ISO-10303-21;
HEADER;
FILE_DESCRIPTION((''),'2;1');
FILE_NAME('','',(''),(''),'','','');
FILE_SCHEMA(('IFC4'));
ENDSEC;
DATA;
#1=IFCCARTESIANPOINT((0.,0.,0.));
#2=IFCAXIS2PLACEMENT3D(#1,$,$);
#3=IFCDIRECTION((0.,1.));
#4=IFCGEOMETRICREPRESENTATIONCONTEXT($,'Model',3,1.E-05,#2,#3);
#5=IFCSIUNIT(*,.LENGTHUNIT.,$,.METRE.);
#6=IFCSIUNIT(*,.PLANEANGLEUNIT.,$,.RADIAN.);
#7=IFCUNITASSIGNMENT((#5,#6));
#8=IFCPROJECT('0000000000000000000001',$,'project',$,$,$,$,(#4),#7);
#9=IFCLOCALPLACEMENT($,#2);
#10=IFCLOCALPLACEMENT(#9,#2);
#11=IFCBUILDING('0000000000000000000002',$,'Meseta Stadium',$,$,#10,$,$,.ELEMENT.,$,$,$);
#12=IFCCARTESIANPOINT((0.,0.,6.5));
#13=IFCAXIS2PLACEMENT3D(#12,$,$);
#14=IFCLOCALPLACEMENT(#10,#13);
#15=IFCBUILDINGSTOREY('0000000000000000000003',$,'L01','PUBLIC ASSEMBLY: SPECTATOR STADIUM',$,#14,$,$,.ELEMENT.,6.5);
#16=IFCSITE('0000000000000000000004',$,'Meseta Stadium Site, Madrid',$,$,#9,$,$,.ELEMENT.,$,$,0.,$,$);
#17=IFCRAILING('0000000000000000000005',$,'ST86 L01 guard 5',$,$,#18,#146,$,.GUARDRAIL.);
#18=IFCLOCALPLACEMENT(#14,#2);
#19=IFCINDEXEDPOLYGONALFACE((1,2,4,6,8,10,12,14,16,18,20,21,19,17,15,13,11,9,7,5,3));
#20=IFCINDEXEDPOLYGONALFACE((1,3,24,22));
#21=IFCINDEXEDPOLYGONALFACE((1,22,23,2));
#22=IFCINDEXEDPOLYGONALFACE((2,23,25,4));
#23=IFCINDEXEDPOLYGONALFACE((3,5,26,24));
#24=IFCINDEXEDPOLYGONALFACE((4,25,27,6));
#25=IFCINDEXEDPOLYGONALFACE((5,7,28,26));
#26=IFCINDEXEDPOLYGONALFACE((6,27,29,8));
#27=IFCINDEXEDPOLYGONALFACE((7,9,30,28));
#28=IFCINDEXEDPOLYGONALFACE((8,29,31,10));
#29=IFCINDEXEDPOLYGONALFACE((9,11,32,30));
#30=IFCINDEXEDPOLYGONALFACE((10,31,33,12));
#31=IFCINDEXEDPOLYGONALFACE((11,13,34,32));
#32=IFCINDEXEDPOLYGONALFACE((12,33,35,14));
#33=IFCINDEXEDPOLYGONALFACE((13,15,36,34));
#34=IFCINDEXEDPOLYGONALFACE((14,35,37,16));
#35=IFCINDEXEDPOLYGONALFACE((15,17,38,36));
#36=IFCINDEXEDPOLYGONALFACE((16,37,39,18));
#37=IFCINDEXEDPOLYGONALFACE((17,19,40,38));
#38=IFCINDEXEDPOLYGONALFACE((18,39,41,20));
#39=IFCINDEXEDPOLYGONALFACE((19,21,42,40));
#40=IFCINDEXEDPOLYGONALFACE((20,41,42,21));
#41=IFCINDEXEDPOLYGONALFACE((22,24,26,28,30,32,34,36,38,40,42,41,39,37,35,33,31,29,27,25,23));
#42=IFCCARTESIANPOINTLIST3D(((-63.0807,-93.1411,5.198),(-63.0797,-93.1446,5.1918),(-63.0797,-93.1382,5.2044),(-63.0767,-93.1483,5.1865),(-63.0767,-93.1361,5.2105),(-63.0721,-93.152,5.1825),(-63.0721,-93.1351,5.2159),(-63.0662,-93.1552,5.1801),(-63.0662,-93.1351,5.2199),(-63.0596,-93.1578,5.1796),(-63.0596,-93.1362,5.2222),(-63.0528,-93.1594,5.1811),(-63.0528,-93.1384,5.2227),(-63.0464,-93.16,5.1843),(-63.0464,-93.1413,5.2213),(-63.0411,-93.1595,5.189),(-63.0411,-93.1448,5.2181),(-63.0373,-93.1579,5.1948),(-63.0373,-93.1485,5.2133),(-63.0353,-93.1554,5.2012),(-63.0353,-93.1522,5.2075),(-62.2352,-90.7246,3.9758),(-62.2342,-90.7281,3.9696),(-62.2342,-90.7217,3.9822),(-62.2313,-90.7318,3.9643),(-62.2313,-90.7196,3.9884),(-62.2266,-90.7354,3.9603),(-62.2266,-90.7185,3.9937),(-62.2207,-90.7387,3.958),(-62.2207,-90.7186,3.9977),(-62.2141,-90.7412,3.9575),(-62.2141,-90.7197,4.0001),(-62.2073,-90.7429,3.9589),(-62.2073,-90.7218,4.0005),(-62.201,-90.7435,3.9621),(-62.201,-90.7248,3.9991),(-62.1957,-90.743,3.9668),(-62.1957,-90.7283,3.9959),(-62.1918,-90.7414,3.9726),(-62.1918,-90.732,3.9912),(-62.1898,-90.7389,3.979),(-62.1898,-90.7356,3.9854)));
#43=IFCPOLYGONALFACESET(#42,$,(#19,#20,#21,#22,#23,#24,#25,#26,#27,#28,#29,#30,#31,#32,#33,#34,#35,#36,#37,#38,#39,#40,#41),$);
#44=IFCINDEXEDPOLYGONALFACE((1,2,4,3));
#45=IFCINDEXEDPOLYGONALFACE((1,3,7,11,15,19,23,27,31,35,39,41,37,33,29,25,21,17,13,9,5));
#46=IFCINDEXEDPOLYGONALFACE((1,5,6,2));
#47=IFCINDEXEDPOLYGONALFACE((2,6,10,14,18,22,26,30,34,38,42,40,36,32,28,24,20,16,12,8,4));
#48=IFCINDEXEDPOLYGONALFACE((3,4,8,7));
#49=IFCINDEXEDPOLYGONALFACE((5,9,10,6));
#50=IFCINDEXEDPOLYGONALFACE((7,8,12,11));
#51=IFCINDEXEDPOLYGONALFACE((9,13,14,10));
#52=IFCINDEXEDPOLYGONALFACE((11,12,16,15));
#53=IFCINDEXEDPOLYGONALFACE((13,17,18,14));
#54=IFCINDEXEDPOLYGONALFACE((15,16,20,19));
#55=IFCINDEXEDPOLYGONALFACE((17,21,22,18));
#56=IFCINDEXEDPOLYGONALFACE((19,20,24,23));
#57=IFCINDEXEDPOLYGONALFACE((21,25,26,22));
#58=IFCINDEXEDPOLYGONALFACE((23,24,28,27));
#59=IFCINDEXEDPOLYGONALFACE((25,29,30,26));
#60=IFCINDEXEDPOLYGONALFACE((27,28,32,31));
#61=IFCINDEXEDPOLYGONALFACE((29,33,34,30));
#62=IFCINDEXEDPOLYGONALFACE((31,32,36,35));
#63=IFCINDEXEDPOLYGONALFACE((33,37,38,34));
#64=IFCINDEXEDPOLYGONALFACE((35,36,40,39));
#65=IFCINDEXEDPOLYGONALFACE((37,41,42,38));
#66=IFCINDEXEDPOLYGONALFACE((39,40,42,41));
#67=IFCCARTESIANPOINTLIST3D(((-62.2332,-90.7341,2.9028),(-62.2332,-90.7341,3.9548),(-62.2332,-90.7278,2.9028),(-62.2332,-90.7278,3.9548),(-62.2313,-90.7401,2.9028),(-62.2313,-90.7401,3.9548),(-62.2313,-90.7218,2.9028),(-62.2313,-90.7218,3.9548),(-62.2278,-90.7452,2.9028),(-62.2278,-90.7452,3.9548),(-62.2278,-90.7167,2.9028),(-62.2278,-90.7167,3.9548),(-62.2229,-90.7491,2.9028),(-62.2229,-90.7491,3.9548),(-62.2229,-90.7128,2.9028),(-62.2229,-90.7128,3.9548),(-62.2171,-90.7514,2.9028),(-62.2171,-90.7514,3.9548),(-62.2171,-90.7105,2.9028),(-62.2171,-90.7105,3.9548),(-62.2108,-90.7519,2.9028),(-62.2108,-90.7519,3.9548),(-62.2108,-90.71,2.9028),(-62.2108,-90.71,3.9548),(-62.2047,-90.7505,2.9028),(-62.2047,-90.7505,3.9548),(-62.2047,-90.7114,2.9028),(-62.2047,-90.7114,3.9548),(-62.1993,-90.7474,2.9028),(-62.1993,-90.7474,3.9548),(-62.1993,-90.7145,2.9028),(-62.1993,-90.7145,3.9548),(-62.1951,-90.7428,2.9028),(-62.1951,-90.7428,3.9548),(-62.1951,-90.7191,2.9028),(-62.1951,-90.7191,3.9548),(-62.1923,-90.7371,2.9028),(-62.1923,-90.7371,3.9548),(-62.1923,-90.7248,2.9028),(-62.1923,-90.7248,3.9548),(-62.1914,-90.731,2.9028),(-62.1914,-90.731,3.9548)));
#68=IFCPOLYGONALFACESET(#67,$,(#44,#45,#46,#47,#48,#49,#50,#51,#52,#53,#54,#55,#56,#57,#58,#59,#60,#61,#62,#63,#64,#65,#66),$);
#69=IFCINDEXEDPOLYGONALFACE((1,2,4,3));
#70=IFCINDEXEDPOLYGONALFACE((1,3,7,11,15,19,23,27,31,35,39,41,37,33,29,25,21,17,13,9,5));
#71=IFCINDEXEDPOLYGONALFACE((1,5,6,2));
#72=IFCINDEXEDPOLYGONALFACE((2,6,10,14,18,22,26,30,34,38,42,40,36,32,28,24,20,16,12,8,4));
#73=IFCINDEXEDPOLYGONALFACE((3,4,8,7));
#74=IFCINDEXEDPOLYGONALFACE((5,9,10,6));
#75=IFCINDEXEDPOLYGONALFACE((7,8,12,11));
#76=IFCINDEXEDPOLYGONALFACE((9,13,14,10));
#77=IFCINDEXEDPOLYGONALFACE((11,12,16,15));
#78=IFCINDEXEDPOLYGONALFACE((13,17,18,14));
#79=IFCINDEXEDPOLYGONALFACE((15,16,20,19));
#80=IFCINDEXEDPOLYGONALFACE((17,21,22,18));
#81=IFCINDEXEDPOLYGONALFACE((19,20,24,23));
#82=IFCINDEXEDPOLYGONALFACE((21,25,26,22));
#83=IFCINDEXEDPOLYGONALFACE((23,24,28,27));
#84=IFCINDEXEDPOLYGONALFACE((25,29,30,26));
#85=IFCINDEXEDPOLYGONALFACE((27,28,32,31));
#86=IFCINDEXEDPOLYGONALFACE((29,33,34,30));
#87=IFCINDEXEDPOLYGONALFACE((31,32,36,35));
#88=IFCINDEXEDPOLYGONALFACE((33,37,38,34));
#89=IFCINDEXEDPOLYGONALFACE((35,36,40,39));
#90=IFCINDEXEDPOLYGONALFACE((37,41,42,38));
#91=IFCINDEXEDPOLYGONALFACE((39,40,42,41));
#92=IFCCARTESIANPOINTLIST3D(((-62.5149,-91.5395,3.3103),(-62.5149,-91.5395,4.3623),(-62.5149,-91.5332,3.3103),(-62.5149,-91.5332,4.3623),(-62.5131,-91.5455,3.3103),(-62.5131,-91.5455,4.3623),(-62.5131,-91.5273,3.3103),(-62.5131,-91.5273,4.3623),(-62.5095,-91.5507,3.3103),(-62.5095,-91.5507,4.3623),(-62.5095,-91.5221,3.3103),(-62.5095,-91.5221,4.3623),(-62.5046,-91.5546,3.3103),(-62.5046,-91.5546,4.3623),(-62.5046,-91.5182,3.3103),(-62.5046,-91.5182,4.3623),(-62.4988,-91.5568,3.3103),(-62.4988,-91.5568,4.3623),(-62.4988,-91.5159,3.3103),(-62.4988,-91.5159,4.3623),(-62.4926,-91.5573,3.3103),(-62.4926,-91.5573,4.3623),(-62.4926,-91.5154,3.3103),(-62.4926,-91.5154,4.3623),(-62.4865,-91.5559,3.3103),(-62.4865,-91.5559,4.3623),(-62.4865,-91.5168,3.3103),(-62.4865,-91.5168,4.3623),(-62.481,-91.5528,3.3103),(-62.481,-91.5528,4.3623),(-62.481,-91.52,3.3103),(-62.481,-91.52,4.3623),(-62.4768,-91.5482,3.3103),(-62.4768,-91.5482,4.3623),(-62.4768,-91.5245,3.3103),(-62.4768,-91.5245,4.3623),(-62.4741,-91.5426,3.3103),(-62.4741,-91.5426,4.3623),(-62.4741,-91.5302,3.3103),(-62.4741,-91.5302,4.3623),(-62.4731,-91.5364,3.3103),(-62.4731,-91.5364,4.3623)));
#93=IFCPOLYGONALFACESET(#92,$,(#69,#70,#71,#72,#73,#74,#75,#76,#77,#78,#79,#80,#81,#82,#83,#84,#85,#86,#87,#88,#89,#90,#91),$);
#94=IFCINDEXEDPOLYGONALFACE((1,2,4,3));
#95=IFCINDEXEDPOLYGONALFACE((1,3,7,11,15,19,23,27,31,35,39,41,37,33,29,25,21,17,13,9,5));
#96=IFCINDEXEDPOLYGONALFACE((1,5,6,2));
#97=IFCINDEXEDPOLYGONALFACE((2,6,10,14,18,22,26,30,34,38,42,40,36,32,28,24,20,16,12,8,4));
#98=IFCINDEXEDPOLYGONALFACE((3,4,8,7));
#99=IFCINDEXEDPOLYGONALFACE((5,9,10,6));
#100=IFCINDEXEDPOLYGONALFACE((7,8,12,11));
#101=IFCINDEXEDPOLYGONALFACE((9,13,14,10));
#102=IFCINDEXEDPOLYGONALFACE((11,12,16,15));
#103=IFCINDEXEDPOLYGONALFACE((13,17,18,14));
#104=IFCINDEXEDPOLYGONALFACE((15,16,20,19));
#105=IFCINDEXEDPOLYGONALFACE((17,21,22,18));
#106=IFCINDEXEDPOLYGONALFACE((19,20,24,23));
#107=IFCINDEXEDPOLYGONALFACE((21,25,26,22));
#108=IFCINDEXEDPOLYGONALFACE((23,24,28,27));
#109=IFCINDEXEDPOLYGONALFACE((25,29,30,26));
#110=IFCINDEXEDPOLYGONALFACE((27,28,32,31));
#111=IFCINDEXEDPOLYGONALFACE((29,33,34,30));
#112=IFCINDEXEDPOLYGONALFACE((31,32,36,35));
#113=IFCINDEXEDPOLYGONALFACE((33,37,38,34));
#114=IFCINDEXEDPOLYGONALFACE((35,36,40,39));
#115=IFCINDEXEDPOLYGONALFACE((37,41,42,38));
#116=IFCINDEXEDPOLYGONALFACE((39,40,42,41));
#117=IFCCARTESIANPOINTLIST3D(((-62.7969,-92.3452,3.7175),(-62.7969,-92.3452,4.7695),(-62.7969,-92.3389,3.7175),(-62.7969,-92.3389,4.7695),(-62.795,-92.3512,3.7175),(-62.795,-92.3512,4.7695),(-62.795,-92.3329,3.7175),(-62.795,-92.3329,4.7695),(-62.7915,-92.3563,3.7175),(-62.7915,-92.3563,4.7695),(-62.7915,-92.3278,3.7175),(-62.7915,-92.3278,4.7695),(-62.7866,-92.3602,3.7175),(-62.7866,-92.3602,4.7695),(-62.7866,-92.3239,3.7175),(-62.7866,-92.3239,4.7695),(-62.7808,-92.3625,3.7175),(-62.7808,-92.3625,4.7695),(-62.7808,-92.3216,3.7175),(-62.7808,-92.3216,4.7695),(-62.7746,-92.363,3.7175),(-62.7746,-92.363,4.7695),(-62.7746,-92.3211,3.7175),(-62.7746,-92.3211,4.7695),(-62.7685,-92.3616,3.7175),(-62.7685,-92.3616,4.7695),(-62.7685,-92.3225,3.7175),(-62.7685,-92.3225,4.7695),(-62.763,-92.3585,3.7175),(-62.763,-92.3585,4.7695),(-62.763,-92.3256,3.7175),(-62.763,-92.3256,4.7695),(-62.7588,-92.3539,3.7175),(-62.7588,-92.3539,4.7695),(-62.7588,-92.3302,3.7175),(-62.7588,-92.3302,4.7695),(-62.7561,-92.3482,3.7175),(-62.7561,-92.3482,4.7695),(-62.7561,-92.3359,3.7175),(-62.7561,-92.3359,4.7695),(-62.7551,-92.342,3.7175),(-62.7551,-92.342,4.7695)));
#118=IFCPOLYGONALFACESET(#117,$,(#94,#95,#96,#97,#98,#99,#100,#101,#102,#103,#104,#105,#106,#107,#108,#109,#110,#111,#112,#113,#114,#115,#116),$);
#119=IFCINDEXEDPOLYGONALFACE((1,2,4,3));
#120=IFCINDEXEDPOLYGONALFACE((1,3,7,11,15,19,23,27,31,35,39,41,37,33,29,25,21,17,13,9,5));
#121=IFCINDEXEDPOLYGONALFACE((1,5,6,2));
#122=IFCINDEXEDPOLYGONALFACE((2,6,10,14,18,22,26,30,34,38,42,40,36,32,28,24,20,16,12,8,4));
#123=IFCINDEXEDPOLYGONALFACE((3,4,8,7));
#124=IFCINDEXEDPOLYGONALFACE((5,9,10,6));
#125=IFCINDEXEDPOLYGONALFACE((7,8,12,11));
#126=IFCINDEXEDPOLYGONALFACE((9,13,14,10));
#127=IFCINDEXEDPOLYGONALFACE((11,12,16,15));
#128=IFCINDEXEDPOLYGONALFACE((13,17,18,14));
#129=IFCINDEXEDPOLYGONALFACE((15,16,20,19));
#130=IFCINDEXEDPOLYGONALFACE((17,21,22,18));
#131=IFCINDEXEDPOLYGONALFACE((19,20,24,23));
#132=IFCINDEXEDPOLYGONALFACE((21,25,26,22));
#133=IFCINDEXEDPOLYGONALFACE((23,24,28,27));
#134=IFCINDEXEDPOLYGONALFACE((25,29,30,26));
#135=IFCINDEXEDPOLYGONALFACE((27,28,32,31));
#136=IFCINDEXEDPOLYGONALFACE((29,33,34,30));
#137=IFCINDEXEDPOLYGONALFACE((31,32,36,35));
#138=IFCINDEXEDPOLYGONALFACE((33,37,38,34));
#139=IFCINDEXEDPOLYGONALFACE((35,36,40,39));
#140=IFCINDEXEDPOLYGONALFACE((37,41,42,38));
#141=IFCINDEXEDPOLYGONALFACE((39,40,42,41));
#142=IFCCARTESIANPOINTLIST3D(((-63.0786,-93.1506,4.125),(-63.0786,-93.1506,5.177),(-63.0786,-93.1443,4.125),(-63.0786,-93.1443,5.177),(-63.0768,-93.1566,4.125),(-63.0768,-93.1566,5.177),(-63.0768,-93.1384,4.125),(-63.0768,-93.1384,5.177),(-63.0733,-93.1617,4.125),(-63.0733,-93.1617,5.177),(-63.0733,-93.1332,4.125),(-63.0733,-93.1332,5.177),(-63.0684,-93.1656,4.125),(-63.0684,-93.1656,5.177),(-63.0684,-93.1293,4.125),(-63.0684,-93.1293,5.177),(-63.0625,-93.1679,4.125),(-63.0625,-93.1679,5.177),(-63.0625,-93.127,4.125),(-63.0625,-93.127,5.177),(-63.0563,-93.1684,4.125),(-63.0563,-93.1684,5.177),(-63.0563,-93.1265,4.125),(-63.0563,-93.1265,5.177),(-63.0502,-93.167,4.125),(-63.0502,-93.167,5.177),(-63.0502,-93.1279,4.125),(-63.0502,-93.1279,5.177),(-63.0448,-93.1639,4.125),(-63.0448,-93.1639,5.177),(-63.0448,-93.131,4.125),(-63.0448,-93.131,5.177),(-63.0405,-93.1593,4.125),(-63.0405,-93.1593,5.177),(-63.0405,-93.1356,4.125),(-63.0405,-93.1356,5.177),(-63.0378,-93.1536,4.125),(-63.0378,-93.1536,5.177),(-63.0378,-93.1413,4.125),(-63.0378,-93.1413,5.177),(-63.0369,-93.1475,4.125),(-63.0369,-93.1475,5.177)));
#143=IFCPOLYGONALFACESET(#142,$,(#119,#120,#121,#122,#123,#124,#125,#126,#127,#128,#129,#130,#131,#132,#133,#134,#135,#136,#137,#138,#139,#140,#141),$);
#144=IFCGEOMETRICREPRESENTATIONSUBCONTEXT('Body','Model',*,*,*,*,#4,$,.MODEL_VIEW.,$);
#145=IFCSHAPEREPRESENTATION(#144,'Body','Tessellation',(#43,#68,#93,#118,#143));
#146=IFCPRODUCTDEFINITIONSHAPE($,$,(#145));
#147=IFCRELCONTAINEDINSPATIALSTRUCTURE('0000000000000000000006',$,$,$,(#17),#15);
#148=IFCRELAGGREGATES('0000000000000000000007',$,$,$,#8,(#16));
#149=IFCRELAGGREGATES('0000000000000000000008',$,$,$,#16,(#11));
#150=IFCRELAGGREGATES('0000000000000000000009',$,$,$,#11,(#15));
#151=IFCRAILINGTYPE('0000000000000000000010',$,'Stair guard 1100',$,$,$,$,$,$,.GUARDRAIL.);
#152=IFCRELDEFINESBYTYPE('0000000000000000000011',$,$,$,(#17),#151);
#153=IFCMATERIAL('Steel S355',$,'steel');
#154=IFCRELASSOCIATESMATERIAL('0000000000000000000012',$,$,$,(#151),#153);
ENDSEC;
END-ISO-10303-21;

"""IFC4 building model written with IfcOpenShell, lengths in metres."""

from ifc_helpers import new_model, si_unit, direction, frame, origin, origin_2d, place, context, subcontext, project, spatial, circle, extrude, material, type_object, element, save


model = new_model("IFC4")

# Units and contexts
model_context = context("Model", 3, precision=1e-05, world=origin(), true_north=direction((0.0, 1.0)))
body_context = subcontext(model_context, "Body", "Model", "MODEL_VIEW")
ifc_project = project(units=[si_unit("LENGTHUNIT", "METRE"), si_unit("PLANEANGLEUNIT", "RADIAN")], contexts=[model_context])

# Site, building, storey
site_placement = place(None, origin())
site = spatial("IfcSite", under=ifc_project, at=site_placement, Name="Meseta Stadium Site, Madrid", CompositionType="ELEMENT", RefElevation=0.0)
building_placement = place(site_placement, origin())
building = spatial("IfcBuilding", under=site, at=building_placement, Name="Meseta Stadium", CompositionType="ELEMENT")
storey_placement = place(building_placement, frame((0.0, 0.0, 6.5)))
storey = spatial("IfcBuildingStorey", under=building, at=storey_placement, Name="L01", Description="PUBLIC ASSEMBLY: SPECTATOR STADIUM", CompositionType="ELEMENT", Elevation=6.5)

# Railing
ifc_material_1 = material(Name="Steel S355", Category="steel")
railing_type_1 = type_object("IfcRailingType", Name="Stair guard 1100", PredefinedType="GUARDRAIL", material=ifc_material_1)
railing_1_placement = place(storey_placement, frame((-62.2124, -90.731, 2.9028)))
element("IfcRailing", 1, at=railing_1_placement, inside=storey, type_object=railing_type_1, Name="ST86 L01 guard 5", PredefinedType="GUARDRAIL", context=body_context, shape_type="SweptSolid", body=[
    extrude(circle(Radius=0.0239, at=origin_2d()), frame((0.0, 0.0, 1.0762), z_axis=(-0.298022, -0.851812, 0.430811), x_axis=(0.943897, -0.33024, 0.0)), (0.0, 0.0, 1.0), 2.8369),
    extrude(circle(Radius=0.021, at=origin_2d()), origin(), (0.0, 0.0, 1.0), 1.052),
    extrude(circle(Radius=0.021, at=origin_2d()), frame((-0.2817, -0.8054, 0.4075)), (0.0, 0.0, 1.0), 1.052),
    extrude(circle(Radius=0.021, at=origin_2d()), frame((-0.5637, -1.6111, 0.8147)), (0.0, 0.0, 1.0), 1.052),
    extrude(circle(Radius=0.021, at=origin_2d()), frame((-0.8455, -2.4165, 1.2222)), (0.0, 0.0, 1.0), 1.052),
])

save(model, "model.ifc")
